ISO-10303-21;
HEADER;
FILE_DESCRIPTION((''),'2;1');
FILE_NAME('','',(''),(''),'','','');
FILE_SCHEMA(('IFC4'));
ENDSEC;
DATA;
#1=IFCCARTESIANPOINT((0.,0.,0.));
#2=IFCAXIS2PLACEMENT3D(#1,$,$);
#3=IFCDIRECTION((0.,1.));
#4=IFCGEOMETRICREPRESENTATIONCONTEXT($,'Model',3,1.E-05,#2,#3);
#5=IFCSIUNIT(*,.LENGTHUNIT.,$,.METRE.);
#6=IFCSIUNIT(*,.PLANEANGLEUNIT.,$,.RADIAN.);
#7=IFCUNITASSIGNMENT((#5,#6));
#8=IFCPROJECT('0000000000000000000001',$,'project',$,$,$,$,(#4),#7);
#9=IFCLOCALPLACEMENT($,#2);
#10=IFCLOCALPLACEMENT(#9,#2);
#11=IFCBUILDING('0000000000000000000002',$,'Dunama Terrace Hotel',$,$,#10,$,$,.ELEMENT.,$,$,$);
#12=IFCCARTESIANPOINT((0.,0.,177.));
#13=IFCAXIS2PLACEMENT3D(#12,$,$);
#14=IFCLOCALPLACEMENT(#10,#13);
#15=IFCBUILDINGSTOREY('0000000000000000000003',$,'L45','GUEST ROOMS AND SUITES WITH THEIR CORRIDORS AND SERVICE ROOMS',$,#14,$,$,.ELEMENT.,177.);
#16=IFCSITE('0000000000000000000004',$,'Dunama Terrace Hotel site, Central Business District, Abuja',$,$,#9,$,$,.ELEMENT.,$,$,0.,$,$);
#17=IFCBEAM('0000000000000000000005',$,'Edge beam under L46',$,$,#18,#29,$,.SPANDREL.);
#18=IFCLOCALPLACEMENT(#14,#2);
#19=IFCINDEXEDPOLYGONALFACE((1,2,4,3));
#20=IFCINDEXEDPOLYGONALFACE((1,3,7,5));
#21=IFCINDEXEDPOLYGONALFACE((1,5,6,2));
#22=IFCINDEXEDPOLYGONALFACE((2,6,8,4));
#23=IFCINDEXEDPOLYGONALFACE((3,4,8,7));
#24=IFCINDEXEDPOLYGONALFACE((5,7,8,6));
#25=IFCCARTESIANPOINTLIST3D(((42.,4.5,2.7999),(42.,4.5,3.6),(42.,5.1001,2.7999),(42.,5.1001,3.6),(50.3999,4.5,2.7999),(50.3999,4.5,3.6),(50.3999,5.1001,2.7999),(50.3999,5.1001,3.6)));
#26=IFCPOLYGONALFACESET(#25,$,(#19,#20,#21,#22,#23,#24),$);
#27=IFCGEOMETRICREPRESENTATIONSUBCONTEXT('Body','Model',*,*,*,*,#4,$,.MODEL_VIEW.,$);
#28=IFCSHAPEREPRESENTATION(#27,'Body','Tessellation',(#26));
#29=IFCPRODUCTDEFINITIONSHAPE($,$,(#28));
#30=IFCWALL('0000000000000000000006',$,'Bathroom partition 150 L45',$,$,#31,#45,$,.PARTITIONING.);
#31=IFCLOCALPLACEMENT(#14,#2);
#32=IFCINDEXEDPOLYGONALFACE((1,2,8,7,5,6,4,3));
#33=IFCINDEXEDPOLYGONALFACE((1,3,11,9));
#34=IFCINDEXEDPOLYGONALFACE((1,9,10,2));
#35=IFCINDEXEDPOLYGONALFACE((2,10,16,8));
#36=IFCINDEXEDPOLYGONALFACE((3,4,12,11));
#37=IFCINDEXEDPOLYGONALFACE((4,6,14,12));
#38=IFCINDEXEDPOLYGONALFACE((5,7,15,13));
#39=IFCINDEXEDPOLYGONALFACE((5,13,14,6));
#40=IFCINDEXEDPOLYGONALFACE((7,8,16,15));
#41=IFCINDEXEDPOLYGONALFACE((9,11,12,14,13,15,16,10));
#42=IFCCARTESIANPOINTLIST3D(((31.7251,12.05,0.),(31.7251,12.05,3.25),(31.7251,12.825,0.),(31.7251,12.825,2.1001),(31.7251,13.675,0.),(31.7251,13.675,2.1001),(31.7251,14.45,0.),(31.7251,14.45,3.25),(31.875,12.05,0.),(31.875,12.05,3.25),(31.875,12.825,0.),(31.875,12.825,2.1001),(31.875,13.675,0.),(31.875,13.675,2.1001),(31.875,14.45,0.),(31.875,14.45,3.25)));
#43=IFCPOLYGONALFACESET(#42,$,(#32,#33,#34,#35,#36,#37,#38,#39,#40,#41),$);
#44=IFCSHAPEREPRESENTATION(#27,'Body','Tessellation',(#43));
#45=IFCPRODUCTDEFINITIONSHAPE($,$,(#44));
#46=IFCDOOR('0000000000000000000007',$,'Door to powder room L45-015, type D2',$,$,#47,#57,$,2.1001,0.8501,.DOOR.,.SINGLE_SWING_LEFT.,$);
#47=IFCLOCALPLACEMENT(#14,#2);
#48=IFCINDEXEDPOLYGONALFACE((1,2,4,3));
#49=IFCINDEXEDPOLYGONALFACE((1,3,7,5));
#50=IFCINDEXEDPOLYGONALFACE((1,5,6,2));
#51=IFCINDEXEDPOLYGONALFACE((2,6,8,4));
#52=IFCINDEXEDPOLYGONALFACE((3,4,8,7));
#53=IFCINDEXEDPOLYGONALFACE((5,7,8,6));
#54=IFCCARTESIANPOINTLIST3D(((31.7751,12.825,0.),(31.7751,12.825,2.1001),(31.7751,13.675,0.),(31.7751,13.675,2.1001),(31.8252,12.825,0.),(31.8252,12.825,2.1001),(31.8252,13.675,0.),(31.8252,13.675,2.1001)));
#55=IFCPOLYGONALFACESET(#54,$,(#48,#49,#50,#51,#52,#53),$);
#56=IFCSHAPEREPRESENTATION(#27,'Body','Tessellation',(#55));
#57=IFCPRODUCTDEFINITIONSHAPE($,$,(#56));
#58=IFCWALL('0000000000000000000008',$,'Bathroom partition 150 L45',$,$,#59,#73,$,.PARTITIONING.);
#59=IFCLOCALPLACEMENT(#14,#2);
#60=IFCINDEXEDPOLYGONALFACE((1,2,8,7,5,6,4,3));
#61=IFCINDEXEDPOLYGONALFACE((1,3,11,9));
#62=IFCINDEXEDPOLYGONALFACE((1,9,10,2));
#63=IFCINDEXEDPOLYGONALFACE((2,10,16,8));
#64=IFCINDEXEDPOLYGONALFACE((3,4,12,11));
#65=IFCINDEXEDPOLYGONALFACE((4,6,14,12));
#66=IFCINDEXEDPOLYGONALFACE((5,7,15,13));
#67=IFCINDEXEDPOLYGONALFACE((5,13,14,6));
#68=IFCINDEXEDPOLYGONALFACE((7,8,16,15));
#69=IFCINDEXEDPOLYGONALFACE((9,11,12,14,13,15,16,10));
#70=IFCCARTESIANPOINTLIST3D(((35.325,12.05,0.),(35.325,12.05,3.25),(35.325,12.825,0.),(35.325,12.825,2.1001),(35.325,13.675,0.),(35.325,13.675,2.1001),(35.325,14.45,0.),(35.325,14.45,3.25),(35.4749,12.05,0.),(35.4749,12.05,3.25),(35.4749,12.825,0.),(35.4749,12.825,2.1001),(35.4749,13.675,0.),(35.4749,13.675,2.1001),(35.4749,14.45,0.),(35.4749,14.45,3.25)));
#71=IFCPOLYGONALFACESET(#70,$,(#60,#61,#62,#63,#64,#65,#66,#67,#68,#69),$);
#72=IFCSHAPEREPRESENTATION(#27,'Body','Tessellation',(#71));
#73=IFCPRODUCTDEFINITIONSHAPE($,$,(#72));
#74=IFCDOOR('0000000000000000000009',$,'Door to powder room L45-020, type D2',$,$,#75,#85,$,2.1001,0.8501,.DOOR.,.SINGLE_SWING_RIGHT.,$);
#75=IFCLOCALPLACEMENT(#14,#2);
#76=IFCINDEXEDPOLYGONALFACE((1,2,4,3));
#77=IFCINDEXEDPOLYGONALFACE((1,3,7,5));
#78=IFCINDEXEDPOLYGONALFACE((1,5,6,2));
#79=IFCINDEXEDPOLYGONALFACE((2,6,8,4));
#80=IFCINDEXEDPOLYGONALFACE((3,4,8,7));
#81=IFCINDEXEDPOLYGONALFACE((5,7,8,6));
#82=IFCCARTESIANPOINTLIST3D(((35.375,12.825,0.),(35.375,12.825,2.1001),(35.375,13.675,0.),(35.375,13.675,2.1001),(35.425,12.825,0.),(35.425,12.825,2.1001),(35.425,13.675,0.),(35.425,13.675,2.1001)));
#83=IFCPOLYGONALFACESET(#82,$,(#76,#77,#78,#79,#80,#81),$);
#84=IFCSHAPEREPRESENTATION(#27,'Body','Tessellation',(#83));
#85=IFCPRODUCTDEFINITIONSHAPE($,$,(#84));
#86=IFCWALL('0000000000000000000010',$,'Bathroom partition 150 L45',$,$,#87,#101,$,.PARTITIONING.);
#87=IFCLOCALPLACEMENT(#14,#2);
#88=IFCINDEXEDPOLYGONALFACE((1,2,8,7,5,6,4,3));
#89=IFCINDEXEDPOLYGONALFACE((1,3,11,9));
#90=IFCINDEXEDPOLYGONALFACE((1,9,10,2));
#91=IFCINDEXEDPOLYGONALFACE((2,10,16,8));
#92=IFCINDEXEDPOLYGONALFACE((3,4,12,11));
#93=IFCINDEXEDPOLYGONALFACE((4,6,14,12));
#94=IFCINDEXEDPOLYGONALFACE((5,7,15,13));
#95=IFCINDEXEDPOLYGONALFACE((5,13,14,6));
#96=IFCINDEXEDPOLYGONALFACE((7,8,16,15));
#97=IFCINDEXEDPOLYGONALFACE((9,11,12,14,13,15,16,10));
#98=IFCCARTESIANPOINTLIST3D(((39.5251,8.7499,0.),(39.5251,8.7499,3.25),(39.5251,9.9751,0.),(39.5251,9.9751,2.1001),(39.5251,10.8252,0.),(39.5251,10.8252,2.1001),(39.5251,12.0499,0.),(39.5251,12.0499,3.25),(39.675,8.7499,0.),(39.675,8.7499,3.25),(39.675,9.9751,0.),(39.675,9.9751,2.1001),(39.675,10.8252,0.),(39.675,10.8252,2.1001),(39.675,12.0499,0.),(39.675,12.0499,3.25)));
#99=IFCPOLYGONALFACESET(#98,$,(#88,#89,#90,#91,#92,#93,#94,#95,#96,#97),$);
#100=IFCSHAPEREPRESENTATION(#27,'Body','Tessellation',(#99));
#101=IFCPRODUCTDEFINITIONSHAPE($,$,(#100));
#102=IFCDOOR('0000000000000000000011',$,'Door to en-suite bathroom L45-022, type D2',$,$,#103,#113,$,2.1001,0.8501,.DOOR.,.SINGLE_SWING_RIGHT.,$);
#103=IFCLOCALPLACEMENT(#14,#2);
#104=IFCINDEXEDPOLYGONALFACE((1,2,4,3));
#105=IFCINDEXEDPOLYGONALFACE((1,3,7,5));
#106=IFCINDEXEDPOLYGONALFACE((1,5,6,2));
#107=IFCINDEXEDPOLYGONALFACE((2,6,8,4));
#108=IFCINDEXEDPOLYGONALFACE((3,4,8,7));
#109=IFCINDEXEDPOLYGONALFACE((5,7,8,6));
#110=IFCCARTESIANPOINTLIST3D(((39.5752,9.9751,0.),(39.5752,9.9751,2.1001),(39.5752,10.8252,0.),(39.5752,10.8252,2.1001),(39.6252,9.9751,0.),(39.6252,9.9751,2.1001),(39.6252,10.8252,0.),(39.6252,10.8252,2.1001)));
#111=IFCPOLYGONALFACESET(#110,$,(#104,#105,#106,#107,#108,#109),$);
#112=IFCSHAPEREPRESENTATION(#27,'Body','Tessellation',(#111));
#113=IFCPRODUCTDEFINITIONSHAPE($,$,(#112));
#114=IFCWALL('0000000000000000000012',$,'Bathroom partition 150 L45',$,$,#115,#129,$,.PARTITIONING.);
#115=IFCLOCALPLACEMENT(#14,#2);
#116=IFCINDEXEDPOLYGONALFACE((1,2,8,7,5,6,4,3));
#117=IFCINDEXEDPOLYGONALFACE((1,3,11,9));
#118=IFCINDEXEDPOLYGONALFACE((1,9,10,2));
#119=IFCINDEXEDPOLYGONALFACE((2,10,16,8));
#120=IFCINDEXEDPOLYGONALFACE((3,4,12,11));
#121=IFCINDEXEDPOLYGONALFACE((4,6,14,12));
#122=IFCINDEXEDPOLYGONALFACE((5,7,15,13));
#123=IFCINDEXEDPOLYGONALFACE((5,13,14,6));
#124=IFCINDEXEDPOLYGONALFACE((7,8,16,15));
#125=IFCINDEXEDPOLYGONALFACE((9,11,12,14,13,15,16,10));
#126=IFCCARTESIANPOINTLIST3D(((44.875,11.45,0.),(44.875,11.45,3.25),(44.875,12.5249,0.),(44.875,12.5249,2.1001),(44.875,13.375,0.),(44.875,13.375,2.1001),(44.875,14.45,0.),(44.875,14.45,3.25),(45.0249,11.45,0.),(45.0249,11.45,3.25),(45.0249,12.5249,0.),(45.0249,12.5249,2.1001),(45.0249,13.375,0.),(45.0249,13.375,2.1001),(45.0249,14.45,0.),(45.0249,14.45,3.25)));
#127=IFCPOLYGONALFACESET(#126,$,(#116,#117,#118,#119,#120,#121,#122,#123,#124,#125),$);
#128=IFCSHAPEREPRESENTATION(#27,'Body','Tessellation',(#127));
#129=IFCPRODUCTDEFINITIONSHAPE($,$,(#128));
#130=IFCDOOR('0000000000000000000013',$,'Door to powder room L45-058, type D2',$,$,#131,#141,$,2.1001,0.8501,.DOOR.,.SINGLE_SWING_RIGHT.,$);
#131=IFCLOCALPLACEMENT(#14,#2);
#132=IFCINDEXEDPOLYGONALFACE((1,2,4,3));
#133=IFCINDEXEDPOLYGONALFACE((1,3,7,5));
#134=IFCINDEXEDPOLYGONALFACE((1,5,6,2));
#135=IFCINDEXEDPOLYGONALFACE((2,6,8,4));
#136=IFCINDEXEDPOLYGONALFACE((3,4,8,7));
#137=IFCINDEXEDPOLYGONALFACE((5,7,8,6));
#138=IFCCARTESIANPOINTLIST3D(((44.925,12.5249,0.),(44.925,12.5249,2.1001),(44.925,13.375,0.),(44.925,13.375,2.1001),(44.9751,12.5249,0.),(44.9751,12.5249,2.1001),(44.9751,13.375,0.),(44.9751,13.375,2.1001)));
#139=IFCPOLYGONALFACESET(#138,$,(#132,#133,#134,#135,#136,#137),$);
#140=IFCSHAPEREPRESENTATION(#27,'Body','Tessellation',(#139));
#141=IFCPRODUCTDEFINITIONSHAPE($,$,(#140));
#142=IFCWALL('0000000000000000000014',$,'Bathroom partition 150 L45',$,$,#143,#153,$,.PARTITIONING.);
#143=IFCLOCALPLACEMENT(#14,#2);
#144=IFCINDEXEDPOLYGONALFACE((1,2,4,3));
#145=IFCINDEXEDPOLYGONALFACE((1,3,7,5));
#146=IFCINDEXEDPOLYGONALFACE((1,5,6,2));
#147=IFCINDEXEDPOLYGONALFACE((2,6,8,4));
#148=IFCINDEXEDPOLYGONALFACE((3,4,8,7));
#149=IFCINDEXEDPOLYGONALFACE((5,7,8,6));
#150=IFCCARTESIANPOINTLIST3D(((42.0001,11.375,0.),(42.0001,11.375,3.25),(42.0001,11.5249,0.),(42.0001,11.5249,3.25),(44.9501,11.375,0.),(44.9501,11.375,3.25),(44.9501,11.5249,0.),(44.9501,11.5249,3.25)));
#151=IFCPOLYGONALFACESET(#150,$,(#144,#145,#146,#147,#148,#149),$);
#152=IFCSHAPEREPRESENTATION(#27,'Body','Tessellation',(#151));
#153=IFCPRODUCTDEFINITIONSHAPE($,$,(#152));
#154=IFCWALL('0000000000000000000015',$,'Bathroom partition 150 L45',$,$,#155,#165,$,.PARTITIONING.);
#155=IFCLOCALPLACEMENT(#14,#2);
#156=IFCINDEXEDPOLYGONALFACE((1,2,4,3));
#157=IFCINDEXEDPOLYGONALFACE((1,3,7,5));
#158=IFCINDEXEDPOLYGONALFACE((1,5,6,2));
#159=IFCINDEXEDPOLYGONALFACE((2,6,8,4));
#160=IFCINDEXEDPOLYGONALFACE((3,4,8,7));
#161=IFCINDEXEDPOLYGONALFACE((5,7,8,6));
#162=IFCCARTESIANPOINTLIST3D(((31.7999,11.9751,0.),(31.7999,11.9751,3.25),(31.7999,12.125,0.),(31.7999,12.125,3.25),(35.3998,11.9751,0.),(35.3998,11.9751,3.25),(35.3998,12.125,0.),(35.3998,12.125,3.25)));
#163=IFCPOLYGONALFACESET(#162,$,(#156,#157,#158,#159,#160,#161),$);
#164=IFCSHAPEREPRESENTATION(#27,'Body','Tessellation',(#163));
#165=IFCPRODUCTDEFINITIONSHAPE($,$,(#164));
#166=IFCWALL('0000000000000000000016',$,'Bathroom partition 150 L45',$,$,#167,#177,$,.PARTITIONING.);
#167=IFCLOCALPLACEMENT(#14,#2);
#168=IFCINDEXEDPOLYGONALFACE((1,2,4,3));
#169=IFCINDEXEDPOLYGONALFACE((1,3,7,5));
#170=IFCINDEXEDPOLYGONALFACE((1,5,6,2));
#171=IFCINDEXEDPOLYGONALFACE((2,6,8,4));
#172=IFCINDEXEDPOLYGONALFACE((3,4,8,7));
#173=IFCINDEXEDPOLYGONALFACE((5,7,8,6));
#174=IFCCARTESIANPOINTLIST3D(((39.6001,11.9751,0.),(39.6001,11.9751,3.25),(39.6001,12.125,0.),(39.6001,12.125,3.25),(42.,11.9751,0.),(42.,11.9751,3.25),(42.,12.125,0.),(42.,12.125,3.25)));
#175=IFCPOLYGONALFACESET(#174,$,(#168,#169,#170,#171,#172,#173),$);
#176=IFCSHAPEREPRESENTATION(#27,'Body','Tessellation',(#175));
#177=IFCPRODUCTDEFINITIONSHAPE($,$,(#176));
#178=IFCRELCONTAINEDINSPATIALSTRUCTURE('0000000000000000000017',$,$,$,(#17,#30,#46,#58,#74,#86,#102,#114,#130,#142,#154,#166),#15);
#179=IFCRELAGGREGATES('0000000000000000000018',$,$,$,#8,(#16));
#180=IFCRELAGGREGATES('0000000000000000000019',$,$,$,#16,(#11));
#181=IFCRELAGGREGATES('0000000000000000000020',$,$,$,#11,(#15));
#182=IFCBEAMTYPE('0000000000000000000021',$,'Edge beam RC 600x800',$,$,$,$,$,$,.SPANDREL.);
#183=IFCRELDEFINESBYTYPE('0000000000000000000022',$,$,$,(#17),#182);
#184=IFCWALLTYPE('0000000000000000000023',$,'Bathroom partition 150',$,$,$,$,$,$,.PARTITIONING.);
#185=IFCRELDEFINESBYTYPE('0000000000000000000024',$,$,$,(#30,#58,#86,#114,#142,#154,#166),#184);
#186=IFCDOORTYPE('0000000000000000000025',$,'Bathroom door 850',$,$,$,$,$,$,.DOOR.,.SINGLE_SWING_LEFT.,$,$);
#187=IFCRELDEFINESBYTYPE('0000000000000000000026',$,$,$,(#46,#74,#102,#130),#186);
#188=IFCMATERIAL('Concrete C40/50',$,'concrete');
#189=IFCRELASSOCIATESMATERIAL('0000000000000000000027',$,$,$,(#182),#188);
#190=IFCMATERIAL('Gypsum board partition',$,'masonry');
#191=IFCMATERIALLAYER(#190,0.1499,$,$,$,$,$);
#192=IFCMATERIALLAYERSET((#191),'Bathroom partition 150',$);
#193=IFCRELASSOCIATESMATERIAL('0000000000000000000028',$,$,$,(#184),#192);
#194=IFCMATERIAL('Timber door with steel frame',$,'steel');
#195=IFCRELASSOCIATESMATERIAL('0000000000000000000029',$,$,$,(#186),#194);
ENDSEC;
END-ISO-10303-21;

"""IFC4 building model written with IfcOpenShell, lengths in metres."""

from ifc_helpers import new_model, si_unit, direction, frame, frame_2d, origin, origin_2d, place, context, subcontext, project, spatial, rectangle, extrude, material, layer, layer_set, material_profile, profile_set, type_object, element, fill, save


model = new_model("IFC4")

# Units and contexts
model_context = context("Model", 3, precision=1e-05, world=origin(), true_north=direction((0.0, 1.0)))
body_context = subcontext(model_context, "Body", "Model", "MODEL_VIEW")
ifc_project = project(units=[si_unit("LENGTHUNIT", "METRE"), si_unit("PLANEANGLEUNIT", "RADIAN")], contexts=[model_context])

# Site, building, storey
site_placement = place(None, origin())
site = spatial("IfcSite", under=ifc_project, at=site_placement, Name="Dunama Terrace Hotel site, Central Business District, Abuja", CompositionType="ELEMENT", RefElevation=0.0)
building_placement = place(site_placement, origin())
building = spatial("IfcBuilding", under=site, at=building_placement, Name="Dunama Terrace Hotel", CompositionType="ELEMENT")
storey_placement = place(building_placement, frame((0.0, 0.0, 177.0)))
storey = spatial("IfcBuildingStorey", under=building, at=storey_placement, Name="L45", Description="GUEST ROOMS AND SUITES WITH THEIR CORRIDORS AND SERVICE ROOMS", CompositionType="ELEMENT", Elevation=177.0)

# Beam
ifc_material_1 = material(Name="Concrete C40/50", Category="concrete")
ifc_material_profile = material_profile(ifc_material_1, rectangle(XDim=0.6001, YDim=0.8, at=origin_2d()), Name="RC 600x800")
ifc_profile_set = profile_set([ifc_material_profile], Name="Concrete C40/50")
beam_type = type_object("IfcBeamType", Name="Edge beam RC 600x800", PredefinedType="SPANDREL", material=ifc_profile_set)
beam_placement = place(storey_placement, frame((42.0, 4.8, 3.2), z_axis=(1.0, 0.0, 0.0), x_axis=(0.0, 1.0, 0.0)))
element("IfcBeam", 1, at=beam_placement, inside=storey, type_object=beam_type, Name="Edge beam under L46", PredefinedType="SPANDREL", context=body_context, shape_type="SweptSolid", body=[
    extrude(rectangle(XDim=0.6001, YDim=0.8, at=origin_2d()), origin(), (0.0, 0.0, 1.0), 8.3999),
])

# Walls, openings, doors
ifc_material_2 = material(Name="Gypsum board partition", Category="masonry")
ifc_layer_1 = layer(ifc_material_2, 0.1499)
ifc_layer_set_1 = layer_set([ifc_layer_1], Name="Bathroom partition 150")
wall_type_1 = type_object("IfcWallType", Name="Bathroom partition 150", PredefinedType="PARTITIONING", material=ifc_layer_set_1)
wall_1_placement = place(storey_placement, frame((31.8, 12.05, 0.0), z_axis=(0.0, 0.0, 1.0), x_axis=(0.0, 1.0, 0.0)))
wall_1 = element("IfcWall", 2, at=wall_1_placement, inside=storey, type_object=wall_type_1, Name="Bathroom partition 150 L45", PredefinedType="PARTITIONING", context=body_context, shape_type="SweptSolid", body=[
    extrude(rectangle(XDim=2.3999, YDim=0.1499, at=frame_2d((1.2, 0.0))), origin(), (0.0, 0.0, 1.0), 3.25),
])
opening_1_placement = place(wall_1_placement, frame((0.7749, 0.0, 0.0)))
opening_1 = element("IfcOpeningElement", 3, at=opening_1_placement, cuts=wall_1, PredefinedType="OPENING", context=body_context, shape_type="SweptSolid", body=[
    extrude(rectangle(XDim=0.8501, YDim=2.1001, at=frame_2d((0.425, 1.05))), frame((0.0, 0.085, 0.0), z_axis=(0.0, -1.0, 0.0), x_axis=(1.0, 0.0, 0.0)), (0.0, 0.0, 1.0), 0.1699),
])
ifc_material_3 = material(Name="Timber door with steel frame", Category="steel")
door_type_1 = type_object("IfcDoorType", Name="Bathroom door 850", OperationType="SINGLE_SWING_LEFT", PredefinedType="DOOR", material=ifc_material_3)
door_1_placement = place(opening_1_placement, frame((0.8501, 0.0, 0.0), z_axis=(0.0, 0.0, 1.0), x_axis=(-1.0, 0.0, 0.0)))
door_1 = element("IfcDoor", 4, at=door_1_placement, inside=storey, type_object=door_type_1, Name="Door to powder room L45-015, type D2", OperationType="SINGLE_SWING_LEFT", OverallHeight=2.1001, OverallWidth=0.8501, PredefinedType="DOOR", context=body_context, shape_type="SweptSolid", body=[
    extrude(rectangle(XDim=0.8501, YDim=2.1001, at=frame_2d((0.425, 1.05))), frame((0.0, 0.0251, 0.0), z_axis=(0.0, -1.0, 0.0), x_axis=(1.0, 0.0, 0.0)), (0.0, 0.0, 1.0), 0.05),
])
fill(opening_1, door_1)
wall_2_placement = place(storey_placement, frame((35.3999, 12.05, 0.0), z_axis=(0.0, 0.0, 1.0), x_axis=(0.0, 1.0, 0.0)))
wall_2 = element("IfcWall", 5, at=wall_2_placement, inside=storey, type_object=wall_type_1, Name="Bathroom partition 150 L45", PredefinedType="PARTITIONING", context=body_context, shape_type="SweptSolid", body=[
    extrude(rectangle(XDim=2.3999, YDim=0.1499, at=frame_2d((1.2, 0.0))), origin(), (0.0, 0.0, 1.0), 3.25),
])
opening_2_placement = place(wall_2_placement, frame((0.7749, 0.0, 0.0)))
opening_2 = element("IfcOpeningElement", 6, at=opening_2_placement, cuts=wall_2, PredefinedType="OPENING", context=body_context, shape_type="SweptSolid", body=[
    extrude(rectangle(XDim=0.8501, YDim=2.1001, at=frame_2d((0.425, 1.05))), frame((0.0, 0.085, 0.0), z_axis=(0.0, -1.0, 0.0), x_axis=(1.0, 0.0, 0.0)), (0.0, 0.0, 1.0), 0.1699),
])
door_2_placement = place(opening_2_placement, origin())
door_2 = element("IfcDoor", 7, at=door_2_placement, inside=storey, type_object=door_type_1, Name="Door to powder room L45-020, type D2", OperationType="SINGLE_SWING_RIGHT", OverallHeight=2.1001, OverallWidth=0.8501, PredefinedType="DOOR", context=body_context, shape_type="SweptSolid", body=[
    extrude(rectangle(XDim=0.8501, YDim=2.1001, at=frame_2d((0.425, 1.05))), frame((0.0, 0.0249, 0.0), z_axis=(0.0, -1.0, 0.0), x_axis=(1.0, 0.0, 0.0)), (0.0, 0.0, 1.0), 0.05),
])
fill(opening_2, door_2)
wall_3_placement = place(storey_placement, frame((39.6001, 8.75, 0.0), z_axis=(0.0, 0.0, 1.0), x_axis=(0.0, 1.0, 0.0)))
wall_3 = element("IfcWall", 8, at=wall_3_placement, inside=storey, type_object=wall_type_1, Name="Bathroom partition 150 L45", PredefinedType="PARTITIONING", context=body_context, shape_type="SweptSolid", body=[
    extrude(rectangle(XDim=3.3, YDim=0.1499, at=frame_2d((1.6499, 0.0))), origin(), (0.0, 0.0, 1.0), 3.25),
])
opening_3_placement = place(wall_3_placement, frame((1.2251, 0.0, 0.0)))
opening_3 = element("IfcOpeningElement", 9, at=opening_3_placement, cuts=wall_3, PredefinedType="OPENING", context=body_context, shape_type="SweptSolid", body=[
    extrude(rectangle(XDim=0.8501, YDim=2.1001, at=frame_2d((0.425, 1.05))), frame((0.0, 0.085, 0.0), z_axis=(0.0, -1.0, 0.0), x_axis=(1.0, 0.0, 0.0)), (0.0, 0.0, 1.0), 0.1699),
])
door_3_placement = place(opening_3_placement, frame((0.8501, 0.0, 0.0), z_axis=(0.0, 0.0, 1.0), x_axis=(-1.0, 0.0, 0.0)))
door_3 = element("IfcDoor", 10, at=door_3_placement, inside=storey, type_object=door_type_1, Name="Door to en-suite bathroom L45-022, type D2", OperationType="SINGLE_SWING_RIGHT", OverallHeight=2.1001, OverallWidth=0.8501, PredefinedType="DOOR", context=body_context, shape_type="SweptSolid", body=[
    extrude(rectangle(XDim=0.8501, YDim=2.1001, at=frame_2d((0.425, 1.05))), frame((0.0, 0.0251, 0.0), z_axis=(0.0, -1.0, 0.0), x_axis=(1.0, 0.0, 0.0)), (0.0, 0.0, 1.0), 0.05),
])
fill(opening_3, door_3)
wall_4_placement = place(storey_placement, frame((44.95, 11.45, 0.0), z_axis=(0.0, 0.0, 1.0), x_axis=(0.0, 1.0, 0.0)))
wall_4 = element("IfcWall", 11, at=wall_4_placement, inside=storey, type_object=wall_type_1, Name="Bathroom partition 150 L45", PredefinedType="PARTITIONING", context=body_context, shape_type="SweptSolid", body=[
    extrude(rectangle(XDim=3.0, YDim=0.1499, at=frame_2d((1.5, 0.0))), origin(), (0.0, 0.0, 1.0), 3.25),
])
opening_4_placement = place(wall_4_placement, frame((1.075, 0.0, 0.0)))
opening_4 = element("IfcOpeningElement", 12, at=opening_4_placement, cuts=wall_4, PredefinedType="OPENING", context=body_context, shape_type="SweptSolid", body=[
    extrude(rectangle(XDim=0.8501, YDim=2.1001, at=frame_2d((0.425, 1.05))), frame((0.0, 0.085, 0.0), z_axis=(0.0, -1.0, 0.0), x_axis=(1.0, 0.0, 0.0)), (0.0, 0.0, 1.0), 0.1699),
])
door_4_placement = place(opening_4_placement, origin())
door_4 = element("IfcDoor", 13, at=door_4_placement, inside=storey, type_object=door_type_1, Name="Door to powder room L45-058, type D2", OperationType="SINGLE_SWING_RIGHT", OverallHeight=2.1001, OverallWidth=0.8501, PredefinedType="DOOR", context=body_context, shape_type="SweptSolid", body=[
    extrude(rectangle(XDim=0.8501, YDim=2.1001, at=frame_2d((0.425, 1.05))), frame((0.0, 0.0249, 0.0), z_axis=(0.0, -1.0, 0.0), x_axis=(1.0, 0.0, 0.0)), (0.0, 0.0, 1.0), 0.05),
])
fill(opening_4, door_4)

# Walls
wall_5_placement = place(storey_placement, frame((42.0, 11.45, 0.0), z_axis=(0.0, 0.0, 1.0), x_axis=(1.0, 0.0, 0.0)))
element("IfcWall", 14, at=wall_5_placement, inside=storey, type_object=wall_type_1, Name="Bathroom partition 150 L45", PredefinedType="PARTITIONING", context=body_context, shape_type="SweptSolid", body=[
    extrude(rectangle(XDim=2.95, YDim=0.1499, at=frame_2d((1.4751, 0.0))), origin(), (0.0, 0.0, 1.0), 3.25),
])
wall_6_placement = place(storey_placement, frame((31.8, 12.05, 0.0), z_axis=(0.0, 0.0, 1.0), x_axis=(1.0, 0.0, 0.0)))
element("IfcWall", 15, at=wall_6_placement, inside=storey, type_object=wall_type_1, Name="Bathroom partition 150 L45", PredefinedType="PARTITIONING", context=body_context, shape_type="SweptSolid", body=[
    extrude(rectangle(XDim=3.5999, YDim=0.1499, at=frame_2d((1.7998, 0.0))), origin(), (0.0, 0.0, 1.0), 3.25),
])
wall_7_placement = place(storey_placement, frame((39.6001, 12.05, 0.0), z_axis=(0.0, 0.0, 1.0), x_axis=(1.0, 0.0, 0.0)))
element("IfcWall", 16, at=wall_7_placement, inside=storey, type_object=wall_type_1, Name="Bathroom partition 150 L45", PredefinedType="PARTITIONING", context=body_context, shape_type="SweptSolid", body=[
    extrude(rectangle(XDim=2.3999, YDim=0.1499, at=frame_2d((1.2, 0.0))), origin(), (0.0, 0.0, 1.0), 3.25),
])

save(model, "model.ifc")
